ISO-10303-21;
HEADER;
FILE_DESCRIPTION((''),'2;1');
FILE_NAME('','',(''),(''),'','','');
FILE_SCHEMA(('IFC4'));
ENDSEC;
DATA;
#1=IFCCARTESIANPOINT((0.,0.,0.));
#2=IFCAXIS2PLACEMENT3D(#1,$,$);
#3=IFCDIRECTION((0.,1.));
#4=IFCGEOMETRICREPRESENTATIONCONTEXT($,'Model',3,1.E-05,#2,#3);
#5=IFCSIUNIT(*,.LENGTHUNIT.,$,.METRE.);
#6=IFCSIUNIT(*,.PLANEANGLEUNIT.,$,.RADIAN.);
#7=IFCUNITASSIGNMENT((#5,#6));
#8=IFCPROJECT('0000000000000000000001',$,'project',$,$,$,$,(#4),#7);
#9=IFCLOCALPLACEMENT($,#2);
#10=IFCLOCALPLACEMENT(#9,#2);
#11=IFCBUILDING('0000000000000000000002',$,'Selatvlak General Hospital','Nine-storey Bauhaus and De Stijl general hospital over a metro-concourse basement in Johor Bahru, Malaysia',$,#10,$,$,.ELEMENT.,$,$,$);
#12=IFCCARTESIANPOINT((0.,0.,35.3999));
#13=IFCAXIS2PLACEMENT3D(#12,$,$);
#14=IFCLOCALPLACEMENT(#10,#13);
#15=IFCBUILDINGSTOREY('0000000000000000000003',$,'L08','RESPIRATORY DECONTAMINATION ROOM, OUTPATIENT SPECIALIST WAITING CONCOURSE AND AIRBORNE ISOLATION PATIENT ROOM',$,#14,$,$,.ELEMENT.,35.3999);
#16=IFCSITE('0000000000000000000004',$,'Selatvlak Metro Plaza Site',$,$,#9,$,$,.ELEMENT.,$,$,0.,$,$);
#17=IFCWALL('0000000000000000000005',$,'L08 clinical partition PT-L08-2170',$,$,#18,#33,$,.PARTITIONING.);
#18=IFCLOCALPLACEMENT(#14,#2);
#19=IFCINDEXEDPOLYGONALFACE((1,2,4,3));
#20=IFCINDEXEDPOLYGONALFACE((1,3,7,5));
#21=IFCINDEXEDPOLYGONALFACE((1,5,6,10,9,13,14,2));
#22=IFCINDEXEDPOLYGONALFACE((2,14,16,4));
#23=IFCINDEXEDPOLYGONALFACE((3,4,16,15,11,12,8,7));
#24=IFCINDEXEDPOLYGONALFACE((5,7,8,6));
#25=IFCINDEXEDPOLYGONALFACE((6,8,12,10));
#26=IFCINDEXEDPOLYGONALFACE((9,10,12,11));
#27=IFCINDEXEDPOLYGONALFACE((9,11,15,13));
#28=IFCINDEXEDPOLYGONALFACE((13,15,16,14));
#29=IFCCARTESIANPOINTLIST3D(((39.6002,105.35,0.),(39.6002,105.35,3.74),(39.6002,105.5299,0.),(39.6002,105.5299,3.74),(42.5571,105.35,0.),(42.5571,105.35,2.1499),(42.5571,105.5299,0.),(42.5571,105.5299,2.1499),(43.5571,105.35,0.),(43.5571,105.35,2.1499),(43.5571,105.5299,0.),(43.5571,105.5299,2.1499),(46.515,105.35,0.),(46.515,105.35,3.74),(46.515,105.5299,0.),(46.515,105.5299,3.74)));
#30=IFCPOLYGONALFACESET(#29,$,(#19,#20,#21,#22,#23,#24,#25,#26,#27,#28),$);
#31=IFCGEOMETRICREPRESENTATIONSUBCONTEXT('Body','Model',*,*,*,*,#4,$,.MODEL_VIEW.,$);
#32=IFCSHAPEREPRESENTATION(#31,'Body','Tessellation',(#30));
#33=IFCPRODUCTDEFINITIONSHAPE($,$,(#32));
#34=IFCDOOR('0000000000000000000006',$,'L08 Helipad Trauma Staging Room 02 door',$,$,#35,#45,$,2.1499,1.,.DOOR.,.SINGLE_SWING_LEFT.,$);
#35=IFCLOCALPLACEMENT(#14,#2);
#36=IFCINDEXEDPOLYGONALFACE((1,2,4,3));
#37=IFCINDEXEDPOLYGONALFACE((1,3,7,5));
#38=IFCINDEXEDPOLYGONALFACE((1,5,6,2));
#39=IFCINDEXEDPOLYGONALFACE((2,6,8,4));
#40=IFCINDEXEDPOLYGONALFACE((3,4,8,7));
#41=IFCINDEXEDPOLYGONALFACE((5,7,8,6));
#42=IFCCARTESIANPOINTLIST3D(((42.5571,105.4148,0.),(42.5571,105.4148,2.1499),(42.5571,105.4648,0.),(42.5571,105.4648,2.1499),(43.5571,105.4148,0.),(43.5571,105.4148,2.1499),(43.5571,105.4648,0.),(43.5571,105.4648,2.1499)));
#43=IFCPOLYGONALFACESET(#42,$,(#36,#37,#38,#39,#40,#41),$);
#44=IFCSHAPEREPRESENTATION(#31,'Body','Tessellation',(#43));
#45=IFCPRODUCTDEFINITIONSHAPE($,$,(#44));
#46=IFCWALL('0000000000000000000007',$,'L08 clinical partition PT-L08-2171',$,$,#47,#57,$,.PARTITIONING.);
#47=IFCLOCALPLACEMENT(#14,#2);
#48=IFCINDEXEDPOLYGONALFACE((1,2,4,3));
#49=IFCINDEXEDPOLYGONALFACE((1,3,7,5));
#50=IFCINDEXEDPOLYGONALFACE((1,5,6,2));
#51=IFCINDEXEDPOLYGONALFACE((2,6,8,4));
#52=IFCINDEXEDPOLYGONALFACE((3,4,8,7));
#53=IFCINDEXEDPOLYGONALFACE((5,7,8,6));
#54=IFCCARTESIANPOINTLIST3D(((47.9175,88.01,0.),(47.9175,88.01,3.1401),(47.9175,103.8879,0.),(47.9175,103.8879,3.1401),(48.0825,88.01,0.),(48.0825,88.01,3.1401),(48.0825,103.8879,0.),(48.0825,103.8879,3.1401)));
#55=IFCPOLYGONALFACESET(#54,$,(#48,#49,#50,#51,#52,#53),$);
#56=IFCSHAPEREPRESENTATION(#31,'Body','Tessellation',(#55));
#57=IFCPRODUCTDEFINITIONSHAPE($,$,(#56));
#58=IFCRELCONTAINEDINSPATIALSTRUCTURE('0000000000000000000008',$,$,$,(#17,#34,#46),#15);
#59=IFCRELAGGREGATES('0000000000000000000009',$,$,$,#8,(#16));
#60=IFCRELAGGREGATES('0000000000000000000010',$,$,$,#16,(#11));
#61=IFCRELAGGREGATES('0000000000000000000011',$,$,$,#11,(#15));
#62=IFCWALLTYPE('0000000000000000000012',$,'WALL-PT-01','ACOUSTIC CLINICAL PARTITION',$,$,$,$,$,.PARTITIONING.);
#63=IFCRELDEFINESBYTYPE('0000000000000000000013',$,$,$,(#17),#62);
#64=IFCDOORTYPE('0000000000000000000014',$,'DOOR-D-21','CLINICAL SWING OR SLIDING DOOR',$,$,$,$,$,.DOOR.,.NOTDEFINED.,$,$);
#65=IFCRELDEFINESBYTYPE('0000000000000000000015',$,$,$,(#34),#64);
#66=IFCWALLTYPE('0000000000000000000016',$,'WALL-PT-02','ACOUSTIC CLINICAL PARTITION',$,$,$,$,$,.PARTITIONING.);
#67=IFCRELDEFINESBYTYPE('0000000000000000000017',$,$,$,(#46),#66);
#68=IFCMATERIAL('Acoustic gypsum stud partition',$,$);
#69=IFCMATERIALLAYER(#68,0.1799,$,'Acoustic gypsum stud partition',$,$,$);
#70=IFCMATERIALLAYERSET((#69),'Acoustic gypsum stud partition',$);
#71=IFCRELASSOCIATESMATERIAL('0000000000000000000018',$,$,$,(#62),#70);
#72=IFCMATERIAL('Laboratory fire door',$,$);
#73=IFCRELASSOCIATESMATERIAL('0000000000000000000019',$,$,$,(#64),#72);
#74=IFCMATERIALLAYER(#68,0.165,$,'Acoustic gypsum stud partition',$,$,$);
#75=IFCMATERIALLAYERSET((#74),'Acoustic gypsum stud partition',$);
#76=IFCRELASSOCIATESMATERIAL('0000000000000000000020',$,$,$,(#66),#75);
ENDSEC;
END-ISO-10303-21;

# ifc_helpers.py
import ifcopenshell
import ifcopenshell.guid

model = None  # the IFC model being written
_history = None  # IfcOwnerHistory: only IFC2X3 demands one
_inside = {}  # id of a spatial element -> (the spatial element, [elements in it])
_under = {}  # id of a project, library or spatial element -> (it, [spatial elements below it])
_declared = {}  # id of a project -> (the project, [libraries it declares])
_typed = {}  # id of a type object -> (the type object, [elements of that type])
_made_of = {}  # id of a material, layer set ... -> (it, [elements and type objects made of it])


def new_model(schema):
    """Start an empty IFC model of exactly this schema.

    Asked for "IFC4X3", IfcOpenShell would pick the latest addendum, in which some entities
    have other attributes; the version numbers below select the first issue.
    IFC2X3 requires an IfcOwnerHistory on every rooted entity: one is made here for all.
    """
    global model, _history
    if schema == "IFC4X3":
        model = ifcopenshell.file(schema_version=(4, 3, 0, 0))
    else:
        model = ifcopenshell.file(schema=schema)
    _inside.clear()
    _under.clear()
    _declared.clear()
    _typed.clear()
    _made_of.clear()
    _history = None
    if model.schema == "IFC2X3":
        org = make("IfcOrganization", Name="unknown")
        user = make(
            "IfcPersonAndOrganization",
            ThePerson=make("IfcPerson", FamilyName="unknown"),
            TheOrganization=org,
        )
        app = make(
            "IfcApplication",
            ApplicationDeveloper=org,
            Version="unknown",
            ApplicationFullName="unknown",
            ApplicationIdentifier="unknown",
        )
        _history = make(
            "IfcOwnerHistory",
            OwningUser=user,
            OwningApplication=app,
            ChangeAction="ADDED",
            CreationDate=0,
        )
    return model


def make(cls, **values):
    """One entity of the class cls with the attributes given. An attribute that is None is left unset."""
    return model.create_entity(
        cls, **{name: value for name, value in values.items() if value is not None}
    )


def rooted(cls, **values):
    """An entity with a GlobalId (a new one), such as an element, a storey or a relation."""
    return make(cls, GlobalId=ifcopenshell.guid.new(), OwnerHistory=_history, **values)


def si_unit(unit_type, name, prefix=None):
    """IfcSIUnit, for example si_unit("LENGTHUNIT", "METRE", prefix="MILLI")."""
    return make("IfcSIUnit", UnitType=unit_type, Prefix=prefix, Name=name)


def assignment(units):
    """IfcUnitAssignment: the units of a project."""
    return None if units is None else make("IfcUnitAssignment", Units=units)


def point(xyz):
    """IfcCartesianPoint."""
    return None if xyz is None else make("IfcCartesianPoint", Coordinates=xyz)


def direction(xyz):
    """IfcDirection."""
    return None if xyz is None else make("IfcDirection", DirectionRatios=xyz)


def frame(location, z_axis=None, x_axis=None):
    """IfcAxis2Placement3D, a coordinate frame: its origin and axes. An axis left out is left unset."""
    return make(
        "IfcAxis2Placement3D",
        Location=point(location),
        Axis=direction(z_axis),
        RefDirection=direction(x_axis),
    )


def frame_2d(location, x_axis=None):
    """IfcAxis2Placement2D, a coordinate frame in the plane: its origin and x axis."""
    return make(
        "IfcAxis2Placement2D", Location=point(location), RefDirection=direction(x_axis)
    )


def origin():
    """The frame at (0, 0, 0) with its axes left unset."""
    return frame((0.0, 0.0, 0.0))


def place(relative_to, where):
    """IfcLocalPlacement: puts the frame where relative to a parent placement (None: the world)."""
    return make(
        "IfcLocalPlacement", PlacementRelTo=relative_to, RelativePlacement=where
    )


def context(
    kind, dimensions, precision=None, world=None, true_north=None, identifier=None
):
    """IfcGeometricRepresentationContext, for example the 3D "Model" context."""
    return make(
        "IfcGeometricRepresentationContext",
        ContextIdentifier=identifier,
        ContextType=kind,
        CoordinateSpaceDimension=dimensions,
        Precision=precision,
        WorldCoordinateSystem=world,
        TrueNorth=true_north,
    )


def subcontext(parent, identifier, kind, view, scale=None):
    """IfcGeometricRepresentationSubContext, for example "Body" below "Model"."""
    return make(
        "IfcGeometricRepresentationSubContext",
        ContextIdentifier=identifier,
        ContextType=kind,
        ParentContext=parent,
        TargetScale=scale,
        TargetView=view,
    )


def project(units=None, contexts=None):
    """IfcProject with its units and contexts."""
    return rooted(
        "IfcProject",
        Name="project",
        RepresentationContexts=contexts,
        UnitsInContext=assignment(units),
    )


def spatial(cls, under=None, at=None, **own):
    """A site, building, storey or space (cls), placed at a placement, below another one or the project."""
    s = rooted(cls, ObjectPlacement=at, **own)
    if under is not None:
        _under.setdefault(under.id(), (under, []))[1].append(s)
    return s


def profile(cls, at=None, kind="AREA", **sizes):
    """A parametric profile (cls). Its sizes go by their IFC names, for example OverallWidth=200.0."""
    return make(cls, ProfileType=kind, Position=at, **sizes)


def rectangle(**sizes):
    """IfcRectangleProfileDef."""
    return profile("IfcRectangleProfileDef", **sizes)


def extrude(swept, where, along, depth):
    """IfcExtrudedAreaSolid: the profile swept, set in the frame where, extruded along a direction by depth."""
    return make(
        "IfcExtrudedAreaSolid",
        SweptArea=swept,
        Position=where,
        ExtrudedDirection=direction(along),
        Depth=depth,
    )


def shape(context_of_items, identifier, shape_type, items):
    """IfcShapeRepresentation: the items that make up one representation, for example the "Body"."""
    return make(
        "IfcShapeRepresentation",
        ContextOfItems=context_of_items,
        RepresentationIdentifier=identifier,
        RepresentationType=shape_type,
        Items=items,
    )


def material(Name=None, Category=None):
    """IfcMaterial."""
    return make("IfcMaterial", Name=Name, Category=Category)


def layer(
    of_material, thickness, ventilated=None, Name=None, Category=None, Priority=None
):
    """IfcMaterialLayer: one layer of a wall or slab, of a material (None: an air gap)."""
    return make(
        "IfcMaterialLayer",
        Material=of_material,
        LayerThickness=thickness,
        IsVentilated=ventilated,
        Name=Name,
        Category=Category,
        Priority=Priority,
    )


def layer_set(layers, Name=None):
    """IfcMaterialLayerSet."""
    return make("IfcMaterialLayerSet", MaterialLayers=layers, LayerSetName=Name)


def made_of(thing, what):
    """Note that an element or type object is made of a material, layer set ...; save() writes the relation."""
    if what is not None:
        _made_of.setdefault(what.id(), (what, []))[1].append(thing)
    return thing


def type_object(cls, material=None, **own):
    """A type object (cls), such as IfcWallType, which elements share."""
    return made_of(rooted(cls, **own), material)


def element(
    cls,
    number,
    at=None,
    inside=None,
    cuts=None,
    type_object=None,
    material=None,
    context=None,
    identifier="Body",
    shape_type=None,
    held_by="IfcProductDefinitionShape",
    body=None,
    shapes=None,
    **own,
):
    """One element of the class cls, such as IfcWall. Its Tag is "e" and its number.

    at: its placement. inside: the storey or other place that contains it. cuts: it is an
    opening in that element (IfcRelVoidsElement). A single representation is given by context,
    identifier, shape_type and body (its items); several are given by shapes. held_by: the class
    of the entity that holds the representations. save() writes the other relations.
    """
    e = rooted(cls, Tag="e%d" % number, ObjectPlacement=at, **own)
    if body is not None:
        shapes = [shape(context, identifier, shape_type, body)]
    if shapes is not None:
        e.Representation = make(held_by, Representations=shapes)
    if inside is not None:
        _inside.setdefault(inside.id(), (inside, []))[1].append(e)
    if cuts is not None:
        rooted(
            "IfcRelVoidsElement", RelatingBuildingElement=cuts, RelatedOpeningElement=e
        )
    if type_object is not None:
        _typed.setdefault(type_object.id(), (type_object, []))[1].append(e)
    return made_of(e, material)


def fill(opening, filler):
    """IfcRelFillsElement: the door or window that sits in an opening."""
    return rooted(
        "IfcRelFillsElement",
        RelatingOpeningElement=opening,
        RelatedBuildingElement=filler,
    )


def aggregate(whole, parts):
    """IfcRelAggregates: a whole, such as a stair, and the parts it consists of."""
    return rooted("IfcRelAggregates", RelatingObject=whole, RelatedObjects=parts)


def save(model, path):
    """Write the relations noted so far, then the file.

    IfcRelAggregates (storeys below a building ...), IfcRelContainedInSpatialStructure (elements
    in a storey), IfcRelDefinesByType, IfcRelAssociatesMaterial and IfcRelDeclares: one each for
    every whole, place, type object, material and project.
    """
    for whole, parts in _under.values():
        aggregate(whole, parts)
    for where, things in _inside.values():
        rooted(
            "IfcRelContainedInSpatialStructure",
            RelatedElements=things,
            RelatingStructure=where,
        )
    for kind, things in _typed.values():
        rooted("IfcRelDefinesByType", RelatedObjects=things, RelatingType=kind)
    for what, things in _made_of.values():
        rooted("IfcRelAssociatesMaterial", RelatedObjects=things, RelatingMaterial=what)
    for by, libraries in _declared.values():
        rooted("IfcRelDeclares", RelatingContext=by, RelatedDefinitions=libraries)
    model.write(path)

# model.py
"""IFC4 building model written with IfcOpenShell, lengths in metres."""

from ifc_helpers import new_model, si_unit, direction, frame, frame_2d, origin, place, context, subcontext, project, spatial, rectangle, extrude, material, layer, layer_set, type_object, element, fill, save


model = new_model("IFC4")

# Units and contexts
model_context = context("Model", 3, precision=1e-05, world=origin(), true_north=direction((0.0, 1.0)))
body_context = subcontext(model_context, "Body", "Model", "MODEL_VIEW")
ifc_project = project(units=[si_unit("LENGTHUNIT", "METRE"), si_unit("PLANEANGLEUNIT", "RADIAN")], contexts=[model_context])

# Site, building, storey
site_placement = place(None, origin())
site = spatial("IfcSite", under=ifc_project, at=site_placement, Name="Selatvlak Metro Plaza Site", CompositionType="ELEMENT", RefElevation=0.0)
building_placement = place(site_placement, origin())
building = spatial("IfcBuilding", under=site, at=building_placement, Name="Selatvlak General Hospital", Description="Nine-storey Bauhaus and De Stijl general hospital over a metro-concourse basement in Johor Bahru, Malaysia", CompositionType="ELEMENT")
storey_placement = place(building_placement, frame((0.0, 0.0, 35.3999)))
storey = spatial("IfcBuildingStorey", under=building, at=storey_placement, Name="L08", Description="RESPIRATORY DECONTAMINATION ROOM, OUTPATIENT SPECIALIST WAITING CONCOURSE AND AIRBORNE ISOLATION PATIENT ROOM", CompositionType="ELEMENT", Elevation=35.3999)

# Shared definitions
ifc_material_1 = material(Name="Acoustic gypsum stud partition")
ifc_layer_1 = layer(ifc_material_1, 0.1799, Name="Acoustic gypsum stud partition")
ifc_layer_set_1 = layer_set([ifc_layer_1], Name="Acoustic gypsum stud partition")
wall_type_1 = type_object("IfcWallType", Name="WALL-PT-01", Description="ACOUSTIC CLINICAL PARTITION", PredefinedType="PARTITIONING", material=ifc_layer_set_1)

# Wall, opening, door
wall_1_placement = place(storey_placement, frame((39.6001, 105.4399, 0.0), z_axis=(0.0, 0.0, 1.0), x_axis=(1.0, 0.0, 0.0)))
wall_1 = element("IfcWall", 1, at=wall_1_placement, inside=storey, type_object=wall_type_1, Name="L08 clinical partition PT-L08-2170", PredefinedType="PARTITIONING", context=body_context, shape_type="SweptSolid", body=[
    extrude(rectangle(XDim=6.9148, YDim=0.1799, at=frame_2d((3.4575, 0.0))), origin(), (0.0, 0.0, 1.0), 3.74),
])
opening_placement = place(wall_1_placement, frame((2.957, 0.0, 0.0)))
opening = element("IfcOpeningElement", 2, at=opening_placement, cuts=wall_1, PredefinedType="OPENING", context=body_context, shape_type="SweptSolid", body=[
    extrude(rectangle(XDim=1.0, YDim=2.1499, at=frame_2d((0.5, 1.075))), frame((0.0, 0.0999, 0.0), z_axis=(0.0, -1.0, 0.0), x_axis=(1.0, 0.0, 0.0)), (0.0, 0.0, 1.0), 0.2),
])
ifc_material_2 = material(Name="Laboratory fire door")
door_type = type_object("IfcDoorType", Name="DOOR-D-21", Description="CLINICAL SWING OR SLIDING DOOR", OperationType="NOTDEFINED", PredefinedType="DOOR", material=ifc_material_2)
door_placement = place(opening_placement, origin())
door = element("IfcDoor", 3, at=door_placement, inside=storey, type_object=door_type, Name="L08 Helipad Trauma Staging Room 02 door", OperationType="SINGLE_SWING_LEFT", OverallHeight=2.1499, OverallWidth=1.0, PredefinedType="DOOR", context=body_context, shape_type="SweptSolid", body=[
    extrude(rectangle(XDim=1.0, YDim=2.1499, at=frame_2d((0.5, 1.075))), frame((0.0, 0.0249, 0.0), z_axis=(0.0, -1.0, 0.0), x_axis=(1.0, 0.0, 0.0)), (0.0, 0.0, 1.0), 0.05),
])
fill(opening, door)

# Wall
ifc_layer_2 = layer(ifc_material_1, 0.165, Name="Acoustic gypsum stud partition")
ifc_layer_set_2 = layer_set([ifc_layer_2], Name="Acoustic gypsum stud partition")
wall_type_2 = type_object("IfcWallType", Name="WALL-PT-02", Description="ACOUSTIC CLINICAL PARTITION", PredefinedType="PARTITIONING", material=ifc_layer_set_2)
wall_2_placement = place(storey_placement, frame((48.0, 103.8879, 0.0), z_axis=(0.0, 0.0, 1.0), x_axis=(0.0, -1.0, 0.0)))
element("IfcWall", 4, at=wall_2_placement, inside=storey, type_object=wall_type_2, Name="L08 clinical partition PT-L08-2171", PredefinedType="PARTITIONING", context=body_context, shape_type="SweptSolid", body=[
    extrude(rectangle(XDim=15.8779, YDim=0.165, at=frame_2d((7.939, 0.0))), origin(), (0.0, 0.0, 1.0), 3.1401),
])

save(model, "model.ifc")
